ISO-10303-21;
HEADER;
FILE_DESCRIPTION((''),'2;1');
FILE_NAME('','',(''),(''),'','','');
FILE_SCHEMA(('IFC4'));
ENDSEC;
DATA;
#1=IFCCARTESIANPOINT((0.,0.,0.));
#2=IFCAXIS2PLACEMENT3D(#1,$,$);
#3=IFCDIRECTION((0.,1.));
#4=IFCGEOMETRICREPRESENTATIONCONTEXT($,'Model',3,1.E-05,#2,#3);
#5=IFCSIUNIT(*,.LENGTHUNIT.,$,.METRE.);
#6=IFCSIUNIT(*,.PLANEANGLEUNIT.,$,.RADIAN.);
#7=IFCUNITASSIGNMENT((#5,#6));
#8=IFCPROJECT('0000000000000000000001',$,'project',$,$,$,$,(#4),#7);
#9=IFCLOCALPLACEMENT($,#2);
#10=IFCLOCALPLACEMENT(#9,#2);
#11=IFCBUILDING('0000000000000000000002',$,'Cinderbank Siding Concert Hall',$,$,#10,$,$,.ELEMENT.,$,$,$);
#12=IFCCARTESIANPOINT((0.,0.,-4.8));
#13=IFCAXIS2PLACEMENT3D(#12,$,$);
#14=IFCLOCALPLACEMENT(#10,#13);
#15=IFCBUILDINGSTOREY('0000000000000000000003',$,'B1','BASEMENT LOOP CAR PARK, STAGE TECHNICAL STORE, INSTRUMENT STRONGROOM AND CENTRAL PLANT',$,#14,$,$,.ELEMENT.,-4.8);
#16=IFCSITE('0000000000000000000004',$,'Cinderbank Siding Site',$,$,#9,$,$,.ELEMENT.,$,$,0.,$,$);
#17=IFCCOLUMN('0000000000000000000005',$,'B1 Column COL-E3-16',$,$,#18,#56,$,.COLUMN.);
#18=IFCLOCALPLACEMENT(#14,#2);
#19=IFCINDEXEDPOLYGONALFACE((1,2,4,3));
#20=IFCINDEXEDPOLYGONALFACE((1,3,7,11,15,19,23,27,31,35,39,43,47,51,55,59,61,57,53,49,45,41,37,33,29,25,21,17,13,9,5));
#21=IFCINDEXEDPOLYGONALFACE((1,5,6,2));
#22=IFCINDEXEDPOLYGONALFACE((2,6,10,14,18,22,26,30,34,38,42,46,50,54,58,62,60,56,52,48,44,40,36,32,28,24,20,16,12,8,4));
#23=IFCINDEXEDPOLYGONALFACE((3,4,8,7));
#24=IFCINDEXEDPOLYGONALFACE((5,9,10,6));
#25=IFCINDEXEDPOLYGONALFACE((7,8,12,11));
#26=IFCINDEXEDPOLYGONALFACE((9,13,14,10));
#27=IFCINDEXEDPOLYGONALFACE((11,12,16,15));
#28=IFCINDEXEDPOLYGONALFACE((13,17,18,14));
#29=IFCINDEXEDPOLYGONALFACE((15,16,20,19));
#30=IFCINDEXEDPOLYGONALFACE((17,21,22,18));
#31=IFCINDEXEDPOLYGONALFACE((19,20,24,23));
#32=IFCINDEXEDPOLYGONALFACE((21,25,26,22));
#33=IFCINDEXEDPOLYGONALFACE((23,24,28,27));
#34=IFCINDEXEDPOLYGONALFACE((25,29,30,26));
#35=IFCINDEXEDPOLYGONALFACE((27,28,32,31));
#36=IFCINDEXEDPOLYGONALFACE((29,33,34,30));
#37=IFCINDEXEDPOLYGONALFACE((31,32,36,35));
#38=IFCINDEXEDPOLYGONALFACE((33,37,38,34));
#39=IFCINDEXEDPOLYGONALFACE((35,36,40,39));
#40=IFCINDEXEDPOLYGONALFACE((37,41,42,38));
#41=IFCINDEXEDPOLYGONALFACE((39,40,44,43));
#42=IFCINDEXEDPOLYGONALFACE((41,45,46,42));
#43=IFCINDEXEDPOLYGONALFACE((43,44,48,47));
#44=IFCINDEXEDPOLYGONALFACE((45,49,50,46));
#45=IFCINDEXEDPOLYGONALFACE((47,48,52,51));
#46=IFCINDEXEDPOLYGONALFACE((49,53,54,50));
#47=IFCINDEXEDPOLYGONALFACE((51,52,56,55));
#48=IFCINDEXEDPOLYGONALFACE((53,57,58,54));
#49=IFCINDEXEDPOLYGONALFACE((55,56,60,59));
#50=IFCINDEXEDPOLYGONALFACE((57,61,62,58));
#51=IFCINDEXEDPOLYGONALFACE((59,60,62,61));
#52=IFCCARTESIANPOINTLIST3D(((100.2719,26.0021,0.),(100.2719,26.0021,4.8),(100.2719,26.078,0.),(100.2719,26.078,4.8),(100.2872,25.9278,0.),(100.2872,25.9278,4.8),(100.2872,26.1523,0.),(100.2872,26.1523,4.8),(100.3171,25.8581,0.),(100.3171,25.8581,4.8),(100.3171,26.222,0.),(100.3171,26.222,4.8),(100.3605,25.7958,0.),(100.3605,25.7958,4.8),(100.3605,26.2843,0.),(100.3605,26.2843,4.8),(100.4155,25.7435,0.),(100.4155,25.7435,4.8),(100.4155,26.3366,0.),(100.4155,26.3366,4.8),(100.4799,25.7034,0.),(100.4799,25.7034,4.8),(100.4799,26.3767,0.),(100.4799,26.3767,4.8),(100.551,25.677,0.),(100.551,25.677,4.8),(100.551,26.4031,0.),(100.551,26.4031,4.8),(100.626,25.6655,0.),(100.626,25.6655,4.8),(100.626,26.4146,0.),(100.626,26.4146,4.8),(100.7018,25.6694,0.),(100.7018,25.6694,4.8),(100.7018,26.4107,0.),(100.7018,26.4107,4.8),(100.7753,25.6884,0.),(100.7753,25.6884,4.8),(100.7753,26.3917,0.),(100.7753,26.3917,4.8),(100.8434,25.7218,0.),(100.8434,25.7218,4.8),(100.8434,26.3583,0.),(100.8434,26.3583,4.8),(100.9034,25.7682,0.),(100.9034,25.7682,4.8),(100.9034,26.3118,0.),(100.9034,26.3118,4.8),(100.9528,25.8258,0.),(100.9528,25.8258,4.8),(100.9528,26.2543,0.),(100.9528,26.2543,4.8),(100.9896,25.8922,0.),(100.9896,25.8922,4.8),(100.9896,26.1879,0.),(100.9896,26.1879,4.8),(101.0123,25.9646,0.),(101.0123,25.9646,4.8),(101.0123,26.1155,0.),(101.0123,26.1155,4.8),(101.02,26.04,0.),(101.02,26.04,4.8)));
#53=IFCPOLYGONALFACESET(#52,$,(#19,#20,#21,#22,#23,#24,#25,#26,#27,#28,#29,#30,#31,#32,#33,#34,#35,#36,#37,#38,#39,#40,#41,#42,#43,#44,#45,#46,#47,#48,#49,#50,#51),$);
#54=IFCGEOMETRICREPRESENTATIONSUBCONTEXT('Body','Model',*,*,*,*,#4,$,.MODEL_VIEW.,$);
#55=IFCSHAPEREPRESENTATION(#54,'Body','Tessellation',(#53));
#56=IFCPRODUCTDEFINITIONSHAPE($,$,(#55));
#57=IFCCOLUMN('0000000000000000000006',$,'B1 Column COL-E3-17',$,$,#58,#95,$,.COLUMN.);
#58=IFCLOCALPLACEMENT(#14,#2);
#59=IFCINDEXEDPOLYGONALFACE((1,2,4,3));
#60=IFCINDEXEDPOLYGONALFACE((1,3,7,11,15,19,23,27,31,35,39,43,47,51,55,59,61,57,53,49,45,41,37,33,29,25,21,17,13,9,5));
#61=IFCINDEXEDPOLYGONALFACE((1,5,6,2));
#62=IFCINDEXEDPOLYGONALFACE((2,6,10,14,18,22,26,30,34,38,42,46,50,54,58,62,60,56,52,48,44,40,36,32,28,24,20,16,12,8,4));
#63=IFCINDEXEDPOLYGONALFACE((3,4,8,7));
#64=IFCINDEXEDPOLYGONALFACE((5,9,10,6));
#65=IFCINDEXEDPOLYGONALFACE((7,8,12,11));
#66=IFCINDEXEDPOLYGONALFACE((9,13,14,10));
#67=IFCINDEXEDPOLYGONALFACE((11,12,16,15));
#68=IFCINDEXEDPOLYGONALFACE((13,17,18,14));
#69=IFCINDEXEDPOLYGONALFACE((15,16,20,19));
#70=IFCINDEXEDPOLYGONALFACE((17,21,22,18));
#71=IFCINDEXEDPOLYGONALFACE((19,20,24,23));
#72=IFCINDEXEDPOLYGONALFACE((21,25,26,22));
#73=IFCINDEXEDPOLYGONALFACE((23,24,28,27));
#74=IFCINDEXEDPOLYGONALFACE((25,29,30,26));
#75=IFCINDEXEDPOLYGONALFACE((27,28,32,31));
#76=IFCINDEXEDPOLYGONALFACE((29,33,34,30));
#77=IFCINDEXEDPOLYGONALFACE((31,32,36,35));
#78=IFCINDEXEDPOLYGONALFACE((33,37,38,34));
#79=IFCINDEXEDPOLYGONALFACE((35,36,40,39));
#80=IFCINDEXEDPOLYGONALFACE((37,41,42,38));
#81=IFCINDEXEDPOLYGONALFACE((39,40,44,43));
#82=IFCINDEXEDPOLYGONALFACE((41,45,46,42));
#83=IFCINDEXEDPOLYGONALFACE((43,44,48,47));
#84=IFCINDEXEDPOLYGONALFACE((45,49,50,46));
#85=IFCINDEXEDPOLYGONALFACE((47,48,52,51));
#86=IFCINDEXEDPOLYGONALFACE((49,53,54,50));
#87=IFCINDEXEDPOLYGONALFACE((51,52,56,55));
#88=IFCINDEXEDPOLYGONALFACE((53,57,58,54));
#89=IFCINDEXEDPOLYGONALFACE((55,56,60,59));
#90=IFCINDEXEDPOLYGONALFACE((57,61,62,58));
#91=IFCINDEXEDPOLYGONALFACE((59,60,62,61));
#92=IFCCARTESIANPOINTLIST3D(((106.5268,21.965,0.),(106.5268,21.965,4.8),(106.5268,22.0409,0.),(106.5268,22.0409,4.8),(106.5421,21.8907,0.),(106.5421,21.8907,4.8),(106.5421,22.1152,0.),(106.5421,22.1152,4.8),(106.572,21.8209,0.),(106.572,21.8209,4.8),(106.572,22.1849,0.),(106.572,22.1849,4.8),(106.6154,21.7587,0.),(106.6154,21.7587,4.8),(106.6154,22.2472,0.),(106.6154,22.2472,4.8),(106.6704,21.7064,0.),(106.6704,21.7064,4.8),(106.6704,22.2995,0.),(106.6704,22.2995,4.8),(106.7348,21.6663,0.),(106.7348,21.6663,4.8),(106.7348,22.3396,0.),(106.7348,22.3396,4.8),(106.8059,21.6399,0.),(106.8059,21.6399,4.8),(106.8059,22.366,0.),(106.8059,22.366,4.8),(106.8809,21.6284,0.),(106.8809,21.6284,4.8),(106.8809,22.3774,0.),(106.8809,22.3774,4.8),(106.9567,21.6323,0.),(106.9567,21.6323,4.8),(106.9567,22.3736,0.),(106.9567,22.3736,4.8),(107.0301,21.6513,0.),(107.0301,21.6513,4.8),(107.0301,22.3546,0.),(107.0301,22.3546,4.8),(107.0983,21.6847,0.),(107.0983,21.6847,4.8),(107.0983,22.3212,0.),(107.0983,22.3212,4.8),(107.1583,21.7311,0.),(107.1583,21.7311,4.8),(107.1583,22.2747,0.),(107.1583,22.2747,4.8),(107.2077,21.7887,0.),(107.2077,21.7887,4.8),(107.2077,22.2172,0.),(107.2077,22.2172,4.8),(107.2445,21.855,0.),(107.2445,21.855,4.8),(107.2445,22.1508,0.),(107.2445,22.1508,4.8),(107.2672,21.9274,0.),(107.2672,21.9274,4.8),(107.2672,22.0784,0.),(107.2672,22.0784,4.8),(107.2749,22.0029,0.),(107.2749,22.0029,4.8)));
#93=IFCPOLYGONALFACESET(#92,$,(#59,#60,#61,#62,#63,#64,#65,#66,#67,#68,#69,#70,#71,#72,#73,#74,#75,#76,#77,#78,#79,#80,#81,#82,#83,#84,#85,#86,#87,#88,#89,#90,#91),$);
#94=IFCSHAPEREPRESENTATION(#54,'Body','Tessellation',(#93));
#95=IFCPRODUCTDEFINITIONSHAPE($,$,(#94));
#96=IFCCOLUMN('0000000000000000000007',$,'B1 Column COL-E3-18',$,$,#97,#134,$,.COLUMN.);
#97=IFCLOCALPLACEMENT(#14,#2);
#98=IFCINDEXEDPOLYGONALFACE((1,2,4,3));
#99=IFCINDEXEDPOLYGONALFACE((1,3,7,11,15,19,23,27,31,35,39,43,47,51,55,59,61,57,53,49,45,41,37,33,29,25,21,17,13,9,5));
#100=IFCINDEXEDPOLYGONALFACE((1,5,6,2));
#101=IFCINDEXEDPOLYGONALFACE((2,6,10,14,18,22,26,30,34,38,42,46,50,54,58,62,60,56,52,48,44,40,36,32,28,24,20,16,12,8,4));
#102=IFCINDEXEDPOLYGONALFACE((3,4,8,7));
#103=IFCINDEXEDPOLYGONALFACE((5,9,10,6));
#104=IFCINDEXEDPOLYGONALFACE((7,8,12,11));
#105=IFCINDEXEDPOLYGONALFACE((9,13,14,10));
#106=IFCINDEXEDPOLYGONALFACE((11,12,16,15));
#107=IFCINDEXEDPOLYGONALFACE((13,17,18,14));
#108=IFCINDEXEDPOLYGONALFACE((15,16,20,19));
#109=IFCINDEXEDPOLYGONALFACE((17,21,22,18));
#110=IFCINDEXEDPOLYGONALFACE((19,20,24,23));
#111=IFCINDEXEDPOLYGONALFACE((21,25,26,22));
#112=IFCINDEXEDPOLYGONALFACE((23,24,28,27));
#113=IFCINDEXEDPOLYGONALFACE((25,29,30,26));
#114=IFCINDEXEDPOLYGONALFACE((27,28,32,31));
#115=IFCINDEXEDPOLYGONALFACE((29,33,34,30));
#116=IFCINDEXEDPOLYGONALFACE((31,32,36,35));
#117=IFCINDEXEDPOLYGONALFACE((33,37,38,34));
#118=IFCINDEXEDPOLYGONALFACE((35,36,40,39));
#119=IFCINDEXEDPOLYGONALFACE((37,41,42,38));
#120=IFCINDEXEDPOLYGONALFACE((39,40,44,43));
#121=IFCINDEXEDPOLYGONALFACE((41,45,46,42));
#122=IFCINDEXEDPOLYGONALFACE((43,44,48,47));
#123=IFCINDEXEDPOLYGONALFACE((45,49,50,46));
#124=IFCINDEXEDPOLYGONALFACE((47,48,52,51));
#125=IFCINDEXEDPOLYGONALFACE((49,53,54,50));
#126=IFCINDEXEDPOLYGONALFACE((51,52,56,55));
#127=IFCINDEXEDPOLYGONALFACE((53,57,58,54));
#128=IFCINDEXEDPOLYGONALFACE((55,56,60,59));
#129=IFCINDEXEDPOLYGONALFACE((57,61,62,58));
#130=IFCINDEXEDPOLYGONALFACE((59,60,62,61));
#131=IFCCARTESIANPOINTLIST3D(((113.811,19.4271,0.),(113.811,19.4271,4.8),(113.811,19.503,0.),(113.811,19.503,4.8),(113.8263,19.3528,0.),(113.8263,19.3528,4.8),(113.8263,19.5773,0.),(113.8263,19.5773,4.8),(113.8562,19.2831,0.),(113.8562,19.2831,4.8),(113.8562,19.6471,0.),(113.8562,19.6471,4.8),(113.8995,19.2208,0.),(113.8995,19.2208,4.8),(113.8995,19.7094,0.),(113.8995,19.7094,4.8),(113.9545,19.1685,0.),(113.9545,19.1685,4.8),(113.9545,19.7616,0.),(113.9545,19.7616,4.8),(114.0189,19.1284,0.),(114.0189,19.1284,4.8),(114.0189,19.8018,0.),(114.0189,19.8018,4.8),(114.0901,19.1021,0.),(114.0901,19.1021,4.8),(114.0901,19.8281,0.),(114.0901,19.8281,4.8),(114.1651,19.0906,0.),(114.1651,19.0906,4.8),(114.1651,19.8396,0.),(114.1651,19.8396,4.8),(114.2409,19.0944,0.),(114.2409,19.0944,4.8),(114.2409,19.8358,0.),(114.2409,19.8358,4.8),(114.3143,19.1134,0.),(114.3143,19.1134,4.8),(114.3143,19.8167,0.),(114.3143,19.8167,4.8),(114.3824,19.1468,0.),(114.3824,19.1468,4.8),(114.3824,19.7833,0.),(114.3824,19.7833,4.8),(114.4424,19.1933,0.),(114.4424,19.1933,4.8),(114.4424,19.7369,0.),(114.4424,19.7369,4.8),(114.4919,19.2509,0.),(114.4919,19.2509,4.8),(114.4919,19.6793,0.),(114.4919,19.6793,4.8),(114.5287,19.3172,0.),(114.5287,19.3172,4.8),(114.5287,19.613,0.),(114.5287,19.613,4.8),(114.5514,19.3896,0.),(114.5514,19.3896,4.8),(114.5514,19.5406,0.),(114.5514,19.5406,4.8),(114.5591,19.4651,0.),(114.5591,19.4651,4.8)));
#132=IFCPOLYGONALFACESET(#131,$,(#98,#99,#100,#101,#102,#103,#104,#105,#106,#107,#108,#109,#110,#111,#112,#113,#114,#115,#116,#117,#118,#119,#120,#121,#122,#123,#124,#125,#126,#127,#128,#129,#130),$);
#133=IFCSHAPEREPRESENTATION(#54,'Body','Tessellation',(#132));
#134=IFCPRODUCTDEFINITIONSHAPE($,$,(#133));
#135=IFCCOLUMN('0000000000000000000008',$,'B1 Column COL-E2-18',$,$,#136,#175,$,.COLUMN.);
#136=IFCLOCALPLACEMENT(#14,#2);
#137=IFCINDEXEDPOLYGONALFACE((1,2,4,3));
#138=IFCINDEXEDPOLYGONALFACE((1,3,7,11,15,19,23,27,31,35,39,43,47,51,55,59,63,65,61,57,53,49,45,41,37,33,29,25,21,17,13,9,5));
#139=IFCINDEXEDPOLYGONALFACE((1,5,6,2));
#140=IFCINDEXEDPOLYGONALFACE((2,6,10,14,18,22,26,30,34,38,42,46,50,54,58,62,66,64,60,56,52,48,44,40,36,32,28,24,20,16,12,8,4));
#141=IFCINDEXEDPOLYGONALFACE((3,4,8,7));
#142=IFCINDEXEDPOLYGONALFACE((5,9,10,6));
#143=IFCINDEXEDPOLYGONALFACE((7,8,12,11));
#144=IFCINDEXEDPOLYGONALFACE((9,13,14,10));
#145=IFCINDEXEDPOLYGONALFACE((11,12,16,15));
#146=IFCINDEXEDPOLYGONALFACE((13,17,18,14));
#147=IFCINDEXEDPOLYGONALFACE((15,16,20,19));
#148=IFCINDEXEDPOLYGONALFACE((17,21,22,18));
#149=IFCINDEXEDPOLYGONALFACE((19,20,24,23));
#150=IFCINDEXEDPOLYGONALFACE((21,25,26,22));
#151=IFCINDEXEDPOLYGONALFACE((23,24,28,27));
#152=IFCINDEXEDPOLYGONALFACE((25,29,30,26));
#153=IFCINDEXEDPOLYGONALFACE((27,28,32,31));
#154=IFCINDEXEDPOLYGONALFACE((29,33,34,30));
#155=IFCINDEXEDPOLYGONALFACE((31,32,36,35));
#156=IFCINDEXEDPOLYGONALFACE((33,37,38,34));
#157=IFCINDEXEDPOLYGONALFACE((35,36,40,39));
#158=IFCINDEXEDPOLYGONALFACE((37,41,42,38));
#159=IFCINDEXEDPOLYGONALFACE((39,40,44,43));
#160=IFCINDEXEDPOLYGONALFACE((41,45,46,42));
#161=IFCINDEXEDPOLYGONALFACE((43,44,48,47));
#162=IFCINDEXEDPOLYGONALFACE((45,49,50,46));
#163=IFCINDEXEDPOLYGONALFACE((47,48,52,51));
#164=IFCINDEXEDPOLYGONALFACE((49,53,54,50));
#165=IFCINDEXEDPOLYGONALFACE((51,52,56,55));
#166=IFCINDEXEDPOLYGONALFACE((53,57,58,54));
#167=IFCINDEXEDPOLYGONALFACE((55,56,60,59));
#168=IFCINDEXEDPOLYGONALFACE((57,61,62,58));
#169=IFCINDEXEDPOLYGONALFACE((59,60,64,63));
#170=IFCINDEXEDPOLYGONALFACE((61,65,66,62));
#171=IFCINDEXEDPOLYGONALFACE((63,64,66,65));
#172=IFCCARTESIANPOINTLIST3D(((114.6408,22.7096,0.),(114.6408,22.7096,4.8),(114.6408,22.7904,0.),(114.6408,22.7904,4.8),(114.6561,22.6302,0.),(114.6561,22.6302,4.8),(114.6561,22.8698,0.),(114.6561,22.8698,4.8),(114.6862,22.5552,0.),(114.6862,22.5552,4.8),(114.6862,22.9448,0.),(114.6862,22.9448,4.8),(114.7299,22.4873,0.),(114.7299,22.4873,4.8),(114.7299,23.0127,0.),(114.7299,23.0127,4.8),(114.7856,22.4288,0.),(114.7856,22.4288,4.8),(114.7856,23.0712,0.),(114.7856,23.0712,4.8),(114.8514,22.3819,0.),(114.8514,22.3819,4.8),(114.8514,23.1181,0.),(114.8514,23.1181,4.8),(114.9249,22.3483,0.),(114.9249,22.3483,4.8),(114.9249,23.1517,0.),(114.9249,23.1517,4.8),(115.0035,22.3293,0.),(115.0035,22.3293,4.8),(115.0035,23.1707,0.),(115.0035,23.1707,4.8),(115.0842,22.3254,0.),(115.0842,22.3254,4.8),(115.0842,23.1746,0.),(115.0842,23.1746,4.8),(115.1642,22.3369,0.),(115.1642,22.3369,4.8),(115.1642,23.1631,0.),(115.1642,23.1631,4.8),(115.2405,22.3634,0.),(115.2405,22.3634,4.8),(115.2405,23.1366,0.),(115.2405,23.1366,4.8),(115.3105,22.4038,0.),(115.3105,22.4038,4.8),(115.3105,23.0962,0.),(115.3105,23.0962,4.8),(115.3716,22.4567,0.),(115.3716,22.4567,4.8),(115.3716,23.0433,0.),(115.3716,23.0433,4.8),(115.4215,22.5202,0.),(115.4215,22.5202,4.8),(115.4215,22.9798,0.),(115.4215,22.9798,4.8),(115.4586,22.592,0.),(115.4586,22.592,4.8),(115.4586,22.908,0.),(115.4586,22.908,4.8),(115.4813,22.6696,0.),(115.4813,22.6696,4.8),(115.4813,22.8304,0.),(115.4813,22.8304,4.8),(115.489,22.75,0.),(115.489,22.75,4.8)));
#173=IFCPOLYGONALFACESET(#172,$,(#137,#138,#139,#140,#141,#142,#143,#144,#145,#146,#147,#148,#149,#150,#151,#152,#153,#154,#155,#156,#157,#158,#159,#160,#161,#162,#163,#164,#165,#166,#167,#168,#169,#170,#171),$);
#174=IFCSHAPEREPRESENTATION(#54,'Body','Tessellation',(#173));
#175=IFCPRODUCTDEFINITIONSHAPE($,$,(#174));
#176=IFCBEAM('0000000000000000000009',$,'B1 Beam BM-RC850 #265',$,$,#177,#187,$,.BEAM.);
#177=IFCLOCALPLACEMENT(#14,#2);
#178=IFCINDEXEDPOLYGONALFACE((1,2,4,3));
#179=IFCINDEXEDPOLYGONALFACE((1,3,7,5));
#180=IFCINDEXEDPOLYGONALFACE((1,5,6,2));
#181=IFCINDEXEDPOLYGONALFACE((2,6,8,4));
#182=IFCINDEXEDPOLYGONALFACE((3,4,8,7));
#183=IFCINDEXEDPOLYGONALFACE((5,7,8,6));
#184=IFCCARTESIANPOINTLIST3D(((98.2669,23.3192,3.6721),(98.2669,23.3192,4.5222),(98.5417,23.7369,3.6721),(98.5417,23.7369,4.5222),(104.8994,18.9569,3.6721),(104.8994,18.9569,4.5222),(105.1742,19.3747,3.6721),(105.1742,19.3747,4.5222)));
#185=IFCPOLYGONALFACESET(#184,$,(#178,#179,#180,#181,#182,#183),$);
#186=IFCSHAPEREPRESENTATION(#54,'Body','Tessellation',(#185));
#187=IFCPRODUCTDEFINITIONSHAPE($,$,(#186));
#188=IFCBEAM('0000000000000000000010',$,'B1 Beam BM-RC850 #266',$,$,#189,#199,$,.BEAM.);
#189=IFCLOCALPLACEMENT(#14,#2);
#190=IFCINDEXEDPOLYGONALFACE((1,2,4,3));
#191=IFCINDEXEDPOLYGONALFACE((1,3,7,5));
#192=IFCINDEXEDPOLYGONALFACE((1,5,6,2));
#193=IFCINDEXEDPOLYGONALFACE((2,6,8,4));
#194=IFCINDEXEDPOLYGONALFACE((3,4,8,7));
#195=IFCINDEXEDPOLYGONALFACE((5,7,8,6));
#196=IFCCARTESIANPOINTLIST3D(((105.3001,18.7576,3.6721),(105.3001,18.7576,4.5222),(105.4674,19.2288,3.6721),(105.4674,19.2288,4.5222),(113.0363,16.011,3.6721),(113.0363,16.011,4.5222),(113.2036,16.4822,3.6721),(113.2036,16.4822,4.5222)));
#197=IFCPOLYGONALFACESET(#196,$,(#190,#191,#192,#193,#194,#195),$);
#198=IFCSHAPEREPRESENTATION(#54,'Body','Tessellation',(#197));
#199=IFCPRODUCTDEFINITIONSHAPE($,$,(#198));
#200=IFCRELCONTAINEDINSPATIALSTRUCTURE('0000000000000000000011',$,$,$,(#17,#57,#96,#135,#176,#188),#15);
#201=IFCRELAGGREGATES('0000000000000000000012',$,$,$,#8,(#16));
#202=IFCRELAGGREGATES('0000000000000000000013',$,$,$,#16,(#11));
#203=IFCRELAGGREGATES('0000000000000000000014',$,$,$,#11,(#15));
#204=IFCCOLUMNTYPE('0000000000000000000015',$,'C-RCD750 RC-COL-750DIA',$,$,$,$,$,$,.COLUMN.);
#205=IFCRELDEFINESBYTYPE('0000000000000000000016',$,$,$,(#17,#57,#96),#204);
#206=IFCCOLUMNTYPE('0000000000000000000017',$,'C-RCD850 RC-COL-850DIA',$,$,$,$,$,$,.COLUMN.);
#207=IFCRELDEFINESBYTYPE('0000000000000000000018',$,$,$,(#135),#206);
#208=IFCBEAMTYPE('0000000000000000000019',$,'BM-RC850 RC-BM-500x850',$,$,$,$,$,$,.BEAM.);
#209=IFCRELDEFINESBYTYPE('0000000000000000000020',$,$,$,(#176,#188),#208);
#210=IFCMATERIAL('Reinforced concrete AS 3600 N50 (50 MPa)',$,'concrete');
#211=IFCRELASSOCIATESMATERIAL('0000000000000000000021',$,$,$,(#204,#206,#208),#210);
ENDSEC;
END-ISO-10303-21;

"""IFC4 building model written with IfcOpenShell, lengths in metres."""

from ifc_helpers import new_model, si_unit, direction, frame, origin, origin_2d, place, context, subcontext, project, spatial, rectangle, circle, extrude, material, material_profile, profile_set, type_object, element, save


model = new_model("IFC4")

# Units and contexts
model_context = context("Model", 3, precision=1e-05, world=origin(), true_north=direction((0.0, 1.0)))
body_context = subcontext(model_context, "Body", "Model", "MODEL_VIEW")
ifc_project = project(units=[si_unit("LENGTHUNIT", "METRE"), si_unit("PLANEANGLEUNIT", "RADIAN")], contexts=[model_context])

# Site, building, storey
site_placement = place(None, origin())
site = spatial("IfcSite", under=ifc_project, at=site_placement, Name="Cinderbank Siding Site", CompositionType="ELEMENT", RefElevation=0.0)
building_placement = place(site_placement, origin())
building = spatial("IfcBuilding", under=site, at=building_placement, Name="Cinderbank Siding Concert Hall", CompositionType="ELEMENT")
storey_placement = place(building_placement, frame((0.0, 0.0, -4.8)))
storey = spatial("IfcBuildingStorey", under=building, at=storey_placement, Name="B1", Description="BASEMENT LOOP CAR PARK, STAGE TECHNICAL STORE, INSTRUMENT STRONGROOM AND CENTRAL PLANT", CompositionType="ELEMENT", Elevation=-4.8)

# Columns
ifc_material_1 = material(Name="Reinforced concrete AS 3600 N50 (50 MPa)", Category="concrete")
ifc_material_profile_1 = material_profile(ifc_material_1, circle(Radius=0.375, at=origin_2d()), Name="RC-COL-750DIA", Category="LoadBearing")
ifc_profile_set_1 = profile_set([ifc_material_profile_1], Name="Reinforced concrete AS 3600 N50 (50 MPa)")
column_type_1 = type_object("IfcColumnType", Name="C-RCD750 RC-COL-750DIA", PredefinedType="COLUMN", material=ifc_profile_set_1)
for number, where, z_axis, x_axis, name in (
    (1, (100.645, 26.04, 0.0), (0.0, 0.0, 1.0), (1.0, 0.0, 0.0), "B1 Column COL-E3-16"),
    (2, (106.8999, 22.0029, 0.0), (0.0, 0.0, 1.0), (1.0, 0.0, 0.0), "B1 Column COL-E3-17"),
    (3, (114.1841, 19.4651, 0.0), (0.0, 0.0, 1.0), (1.0, 0.0, 0.0), "B1 Column COL-E3-18"),
):
    element("IfcColumn", number, at=place(storey_placement, frame(where, z_axis=z_axis, x_axis=x_axis)), inside=storey, type_object=column_type_1, Name=name, PredefinedType="COLUMN", context=body_context, shape_type="SweptSolid", body=[
        extrude(circle(Radius=0.375, at=origin_2d()), origin(), (0.0, 0.0, 1.0), 4.8),
    ])
ifc_material_profile_2 = material_profile(ifc_material_1, circle(Radius=0.425, at=origin_2d()), Name="RC-COL-850DIA", Category="LoadBearing")
ifc_profile_set_2 = profile_set([ifc_material_profile_2], Name="Reinforced concrete AS 3600 N50 (50 MPa)")
column_type_2 = type_object("IfcColumnType", Name="C-RCD850 RC-COL-850DIA", PredefinedType="COLUMN", material=ifc_profile_set_2)
column_placement = place(storey_placement, frame((115.064, 22.75, 0.0), z_axis=(0.0, 0.0, 1.0), x_axis=(1.0, 0.0, 0.0)))
element("IfcColumn", 4, at=column_placement, inside=storey, type_object=column_type_2, Name="B1 Column COL-E2-18", PredefinedType="COLUMN", context=body_context, shape_type="SweptSolid", body=[
    extrude(circle(Radius=0.425, at=origin_2d()), origin(), (0.0, 0.0, 1.0), 4.8),
])

# Beams
ifc_material_profile_3 = material_profile(ifc_material_1, rectangle(XDim=0.5, YDim=0.8501, at=origin_2d()), Name="RC-BM-500x850", Category="LoadBearing")
ifc_profile_set_3 = profile_set([ifc_material_profile_3], Name="Reinforced concrete AS 3600 N50 (50 MPa)")
beam_type_1 = type_object("IfcBeamType", Name="BM-RC850 RC-BM-500x850", PredefinedType="BEAM", material=ifc_profile_set_3)
beam_1_placement = place(storey_placement, frame((98.4043, 23.5281, 4.0972), z_axis=(0.835488, -0.549509, 0.0), x_axis=(0.549509, 0.835488, 0.0)))
element("IfcBeam", 5, at=beam_1_placement, inside=storey, type_object=beam_type_1, Name="B1 Beam BM-RC850 #265", PredefinedType="BEAM", context=body_context, shape_type="SweptSolid", body=[
    extrude(rectangle(XDim=0.5, YDim=0.8501, at=origin_2d()), origin(), (0.0, 0.0, 1.0), 7.9385),
])
beam_2_placement = place(storey_placement, frame((105.3838, 18.9932, 4.0972), z_axis=(0.942369, -0.334574, 0.0), x_axis=(0.334574, 0.942369, 0.0)))
element("IfcBeam", 6, at=beam_2_placement, inside=storey, type_object=beam_type_1, Name="B1 Beam BM-RC850 #266", PredefinedType="BEAM", context=body_context, shape_type="SweptSolid", body=[
    extrude(rectangle(XDim=0.5, YDim=0.8501, at=origin_2d()), origin(), (0.0, 0.0, 1.0), 8.2092),
])

save(model, "model.ifc")
